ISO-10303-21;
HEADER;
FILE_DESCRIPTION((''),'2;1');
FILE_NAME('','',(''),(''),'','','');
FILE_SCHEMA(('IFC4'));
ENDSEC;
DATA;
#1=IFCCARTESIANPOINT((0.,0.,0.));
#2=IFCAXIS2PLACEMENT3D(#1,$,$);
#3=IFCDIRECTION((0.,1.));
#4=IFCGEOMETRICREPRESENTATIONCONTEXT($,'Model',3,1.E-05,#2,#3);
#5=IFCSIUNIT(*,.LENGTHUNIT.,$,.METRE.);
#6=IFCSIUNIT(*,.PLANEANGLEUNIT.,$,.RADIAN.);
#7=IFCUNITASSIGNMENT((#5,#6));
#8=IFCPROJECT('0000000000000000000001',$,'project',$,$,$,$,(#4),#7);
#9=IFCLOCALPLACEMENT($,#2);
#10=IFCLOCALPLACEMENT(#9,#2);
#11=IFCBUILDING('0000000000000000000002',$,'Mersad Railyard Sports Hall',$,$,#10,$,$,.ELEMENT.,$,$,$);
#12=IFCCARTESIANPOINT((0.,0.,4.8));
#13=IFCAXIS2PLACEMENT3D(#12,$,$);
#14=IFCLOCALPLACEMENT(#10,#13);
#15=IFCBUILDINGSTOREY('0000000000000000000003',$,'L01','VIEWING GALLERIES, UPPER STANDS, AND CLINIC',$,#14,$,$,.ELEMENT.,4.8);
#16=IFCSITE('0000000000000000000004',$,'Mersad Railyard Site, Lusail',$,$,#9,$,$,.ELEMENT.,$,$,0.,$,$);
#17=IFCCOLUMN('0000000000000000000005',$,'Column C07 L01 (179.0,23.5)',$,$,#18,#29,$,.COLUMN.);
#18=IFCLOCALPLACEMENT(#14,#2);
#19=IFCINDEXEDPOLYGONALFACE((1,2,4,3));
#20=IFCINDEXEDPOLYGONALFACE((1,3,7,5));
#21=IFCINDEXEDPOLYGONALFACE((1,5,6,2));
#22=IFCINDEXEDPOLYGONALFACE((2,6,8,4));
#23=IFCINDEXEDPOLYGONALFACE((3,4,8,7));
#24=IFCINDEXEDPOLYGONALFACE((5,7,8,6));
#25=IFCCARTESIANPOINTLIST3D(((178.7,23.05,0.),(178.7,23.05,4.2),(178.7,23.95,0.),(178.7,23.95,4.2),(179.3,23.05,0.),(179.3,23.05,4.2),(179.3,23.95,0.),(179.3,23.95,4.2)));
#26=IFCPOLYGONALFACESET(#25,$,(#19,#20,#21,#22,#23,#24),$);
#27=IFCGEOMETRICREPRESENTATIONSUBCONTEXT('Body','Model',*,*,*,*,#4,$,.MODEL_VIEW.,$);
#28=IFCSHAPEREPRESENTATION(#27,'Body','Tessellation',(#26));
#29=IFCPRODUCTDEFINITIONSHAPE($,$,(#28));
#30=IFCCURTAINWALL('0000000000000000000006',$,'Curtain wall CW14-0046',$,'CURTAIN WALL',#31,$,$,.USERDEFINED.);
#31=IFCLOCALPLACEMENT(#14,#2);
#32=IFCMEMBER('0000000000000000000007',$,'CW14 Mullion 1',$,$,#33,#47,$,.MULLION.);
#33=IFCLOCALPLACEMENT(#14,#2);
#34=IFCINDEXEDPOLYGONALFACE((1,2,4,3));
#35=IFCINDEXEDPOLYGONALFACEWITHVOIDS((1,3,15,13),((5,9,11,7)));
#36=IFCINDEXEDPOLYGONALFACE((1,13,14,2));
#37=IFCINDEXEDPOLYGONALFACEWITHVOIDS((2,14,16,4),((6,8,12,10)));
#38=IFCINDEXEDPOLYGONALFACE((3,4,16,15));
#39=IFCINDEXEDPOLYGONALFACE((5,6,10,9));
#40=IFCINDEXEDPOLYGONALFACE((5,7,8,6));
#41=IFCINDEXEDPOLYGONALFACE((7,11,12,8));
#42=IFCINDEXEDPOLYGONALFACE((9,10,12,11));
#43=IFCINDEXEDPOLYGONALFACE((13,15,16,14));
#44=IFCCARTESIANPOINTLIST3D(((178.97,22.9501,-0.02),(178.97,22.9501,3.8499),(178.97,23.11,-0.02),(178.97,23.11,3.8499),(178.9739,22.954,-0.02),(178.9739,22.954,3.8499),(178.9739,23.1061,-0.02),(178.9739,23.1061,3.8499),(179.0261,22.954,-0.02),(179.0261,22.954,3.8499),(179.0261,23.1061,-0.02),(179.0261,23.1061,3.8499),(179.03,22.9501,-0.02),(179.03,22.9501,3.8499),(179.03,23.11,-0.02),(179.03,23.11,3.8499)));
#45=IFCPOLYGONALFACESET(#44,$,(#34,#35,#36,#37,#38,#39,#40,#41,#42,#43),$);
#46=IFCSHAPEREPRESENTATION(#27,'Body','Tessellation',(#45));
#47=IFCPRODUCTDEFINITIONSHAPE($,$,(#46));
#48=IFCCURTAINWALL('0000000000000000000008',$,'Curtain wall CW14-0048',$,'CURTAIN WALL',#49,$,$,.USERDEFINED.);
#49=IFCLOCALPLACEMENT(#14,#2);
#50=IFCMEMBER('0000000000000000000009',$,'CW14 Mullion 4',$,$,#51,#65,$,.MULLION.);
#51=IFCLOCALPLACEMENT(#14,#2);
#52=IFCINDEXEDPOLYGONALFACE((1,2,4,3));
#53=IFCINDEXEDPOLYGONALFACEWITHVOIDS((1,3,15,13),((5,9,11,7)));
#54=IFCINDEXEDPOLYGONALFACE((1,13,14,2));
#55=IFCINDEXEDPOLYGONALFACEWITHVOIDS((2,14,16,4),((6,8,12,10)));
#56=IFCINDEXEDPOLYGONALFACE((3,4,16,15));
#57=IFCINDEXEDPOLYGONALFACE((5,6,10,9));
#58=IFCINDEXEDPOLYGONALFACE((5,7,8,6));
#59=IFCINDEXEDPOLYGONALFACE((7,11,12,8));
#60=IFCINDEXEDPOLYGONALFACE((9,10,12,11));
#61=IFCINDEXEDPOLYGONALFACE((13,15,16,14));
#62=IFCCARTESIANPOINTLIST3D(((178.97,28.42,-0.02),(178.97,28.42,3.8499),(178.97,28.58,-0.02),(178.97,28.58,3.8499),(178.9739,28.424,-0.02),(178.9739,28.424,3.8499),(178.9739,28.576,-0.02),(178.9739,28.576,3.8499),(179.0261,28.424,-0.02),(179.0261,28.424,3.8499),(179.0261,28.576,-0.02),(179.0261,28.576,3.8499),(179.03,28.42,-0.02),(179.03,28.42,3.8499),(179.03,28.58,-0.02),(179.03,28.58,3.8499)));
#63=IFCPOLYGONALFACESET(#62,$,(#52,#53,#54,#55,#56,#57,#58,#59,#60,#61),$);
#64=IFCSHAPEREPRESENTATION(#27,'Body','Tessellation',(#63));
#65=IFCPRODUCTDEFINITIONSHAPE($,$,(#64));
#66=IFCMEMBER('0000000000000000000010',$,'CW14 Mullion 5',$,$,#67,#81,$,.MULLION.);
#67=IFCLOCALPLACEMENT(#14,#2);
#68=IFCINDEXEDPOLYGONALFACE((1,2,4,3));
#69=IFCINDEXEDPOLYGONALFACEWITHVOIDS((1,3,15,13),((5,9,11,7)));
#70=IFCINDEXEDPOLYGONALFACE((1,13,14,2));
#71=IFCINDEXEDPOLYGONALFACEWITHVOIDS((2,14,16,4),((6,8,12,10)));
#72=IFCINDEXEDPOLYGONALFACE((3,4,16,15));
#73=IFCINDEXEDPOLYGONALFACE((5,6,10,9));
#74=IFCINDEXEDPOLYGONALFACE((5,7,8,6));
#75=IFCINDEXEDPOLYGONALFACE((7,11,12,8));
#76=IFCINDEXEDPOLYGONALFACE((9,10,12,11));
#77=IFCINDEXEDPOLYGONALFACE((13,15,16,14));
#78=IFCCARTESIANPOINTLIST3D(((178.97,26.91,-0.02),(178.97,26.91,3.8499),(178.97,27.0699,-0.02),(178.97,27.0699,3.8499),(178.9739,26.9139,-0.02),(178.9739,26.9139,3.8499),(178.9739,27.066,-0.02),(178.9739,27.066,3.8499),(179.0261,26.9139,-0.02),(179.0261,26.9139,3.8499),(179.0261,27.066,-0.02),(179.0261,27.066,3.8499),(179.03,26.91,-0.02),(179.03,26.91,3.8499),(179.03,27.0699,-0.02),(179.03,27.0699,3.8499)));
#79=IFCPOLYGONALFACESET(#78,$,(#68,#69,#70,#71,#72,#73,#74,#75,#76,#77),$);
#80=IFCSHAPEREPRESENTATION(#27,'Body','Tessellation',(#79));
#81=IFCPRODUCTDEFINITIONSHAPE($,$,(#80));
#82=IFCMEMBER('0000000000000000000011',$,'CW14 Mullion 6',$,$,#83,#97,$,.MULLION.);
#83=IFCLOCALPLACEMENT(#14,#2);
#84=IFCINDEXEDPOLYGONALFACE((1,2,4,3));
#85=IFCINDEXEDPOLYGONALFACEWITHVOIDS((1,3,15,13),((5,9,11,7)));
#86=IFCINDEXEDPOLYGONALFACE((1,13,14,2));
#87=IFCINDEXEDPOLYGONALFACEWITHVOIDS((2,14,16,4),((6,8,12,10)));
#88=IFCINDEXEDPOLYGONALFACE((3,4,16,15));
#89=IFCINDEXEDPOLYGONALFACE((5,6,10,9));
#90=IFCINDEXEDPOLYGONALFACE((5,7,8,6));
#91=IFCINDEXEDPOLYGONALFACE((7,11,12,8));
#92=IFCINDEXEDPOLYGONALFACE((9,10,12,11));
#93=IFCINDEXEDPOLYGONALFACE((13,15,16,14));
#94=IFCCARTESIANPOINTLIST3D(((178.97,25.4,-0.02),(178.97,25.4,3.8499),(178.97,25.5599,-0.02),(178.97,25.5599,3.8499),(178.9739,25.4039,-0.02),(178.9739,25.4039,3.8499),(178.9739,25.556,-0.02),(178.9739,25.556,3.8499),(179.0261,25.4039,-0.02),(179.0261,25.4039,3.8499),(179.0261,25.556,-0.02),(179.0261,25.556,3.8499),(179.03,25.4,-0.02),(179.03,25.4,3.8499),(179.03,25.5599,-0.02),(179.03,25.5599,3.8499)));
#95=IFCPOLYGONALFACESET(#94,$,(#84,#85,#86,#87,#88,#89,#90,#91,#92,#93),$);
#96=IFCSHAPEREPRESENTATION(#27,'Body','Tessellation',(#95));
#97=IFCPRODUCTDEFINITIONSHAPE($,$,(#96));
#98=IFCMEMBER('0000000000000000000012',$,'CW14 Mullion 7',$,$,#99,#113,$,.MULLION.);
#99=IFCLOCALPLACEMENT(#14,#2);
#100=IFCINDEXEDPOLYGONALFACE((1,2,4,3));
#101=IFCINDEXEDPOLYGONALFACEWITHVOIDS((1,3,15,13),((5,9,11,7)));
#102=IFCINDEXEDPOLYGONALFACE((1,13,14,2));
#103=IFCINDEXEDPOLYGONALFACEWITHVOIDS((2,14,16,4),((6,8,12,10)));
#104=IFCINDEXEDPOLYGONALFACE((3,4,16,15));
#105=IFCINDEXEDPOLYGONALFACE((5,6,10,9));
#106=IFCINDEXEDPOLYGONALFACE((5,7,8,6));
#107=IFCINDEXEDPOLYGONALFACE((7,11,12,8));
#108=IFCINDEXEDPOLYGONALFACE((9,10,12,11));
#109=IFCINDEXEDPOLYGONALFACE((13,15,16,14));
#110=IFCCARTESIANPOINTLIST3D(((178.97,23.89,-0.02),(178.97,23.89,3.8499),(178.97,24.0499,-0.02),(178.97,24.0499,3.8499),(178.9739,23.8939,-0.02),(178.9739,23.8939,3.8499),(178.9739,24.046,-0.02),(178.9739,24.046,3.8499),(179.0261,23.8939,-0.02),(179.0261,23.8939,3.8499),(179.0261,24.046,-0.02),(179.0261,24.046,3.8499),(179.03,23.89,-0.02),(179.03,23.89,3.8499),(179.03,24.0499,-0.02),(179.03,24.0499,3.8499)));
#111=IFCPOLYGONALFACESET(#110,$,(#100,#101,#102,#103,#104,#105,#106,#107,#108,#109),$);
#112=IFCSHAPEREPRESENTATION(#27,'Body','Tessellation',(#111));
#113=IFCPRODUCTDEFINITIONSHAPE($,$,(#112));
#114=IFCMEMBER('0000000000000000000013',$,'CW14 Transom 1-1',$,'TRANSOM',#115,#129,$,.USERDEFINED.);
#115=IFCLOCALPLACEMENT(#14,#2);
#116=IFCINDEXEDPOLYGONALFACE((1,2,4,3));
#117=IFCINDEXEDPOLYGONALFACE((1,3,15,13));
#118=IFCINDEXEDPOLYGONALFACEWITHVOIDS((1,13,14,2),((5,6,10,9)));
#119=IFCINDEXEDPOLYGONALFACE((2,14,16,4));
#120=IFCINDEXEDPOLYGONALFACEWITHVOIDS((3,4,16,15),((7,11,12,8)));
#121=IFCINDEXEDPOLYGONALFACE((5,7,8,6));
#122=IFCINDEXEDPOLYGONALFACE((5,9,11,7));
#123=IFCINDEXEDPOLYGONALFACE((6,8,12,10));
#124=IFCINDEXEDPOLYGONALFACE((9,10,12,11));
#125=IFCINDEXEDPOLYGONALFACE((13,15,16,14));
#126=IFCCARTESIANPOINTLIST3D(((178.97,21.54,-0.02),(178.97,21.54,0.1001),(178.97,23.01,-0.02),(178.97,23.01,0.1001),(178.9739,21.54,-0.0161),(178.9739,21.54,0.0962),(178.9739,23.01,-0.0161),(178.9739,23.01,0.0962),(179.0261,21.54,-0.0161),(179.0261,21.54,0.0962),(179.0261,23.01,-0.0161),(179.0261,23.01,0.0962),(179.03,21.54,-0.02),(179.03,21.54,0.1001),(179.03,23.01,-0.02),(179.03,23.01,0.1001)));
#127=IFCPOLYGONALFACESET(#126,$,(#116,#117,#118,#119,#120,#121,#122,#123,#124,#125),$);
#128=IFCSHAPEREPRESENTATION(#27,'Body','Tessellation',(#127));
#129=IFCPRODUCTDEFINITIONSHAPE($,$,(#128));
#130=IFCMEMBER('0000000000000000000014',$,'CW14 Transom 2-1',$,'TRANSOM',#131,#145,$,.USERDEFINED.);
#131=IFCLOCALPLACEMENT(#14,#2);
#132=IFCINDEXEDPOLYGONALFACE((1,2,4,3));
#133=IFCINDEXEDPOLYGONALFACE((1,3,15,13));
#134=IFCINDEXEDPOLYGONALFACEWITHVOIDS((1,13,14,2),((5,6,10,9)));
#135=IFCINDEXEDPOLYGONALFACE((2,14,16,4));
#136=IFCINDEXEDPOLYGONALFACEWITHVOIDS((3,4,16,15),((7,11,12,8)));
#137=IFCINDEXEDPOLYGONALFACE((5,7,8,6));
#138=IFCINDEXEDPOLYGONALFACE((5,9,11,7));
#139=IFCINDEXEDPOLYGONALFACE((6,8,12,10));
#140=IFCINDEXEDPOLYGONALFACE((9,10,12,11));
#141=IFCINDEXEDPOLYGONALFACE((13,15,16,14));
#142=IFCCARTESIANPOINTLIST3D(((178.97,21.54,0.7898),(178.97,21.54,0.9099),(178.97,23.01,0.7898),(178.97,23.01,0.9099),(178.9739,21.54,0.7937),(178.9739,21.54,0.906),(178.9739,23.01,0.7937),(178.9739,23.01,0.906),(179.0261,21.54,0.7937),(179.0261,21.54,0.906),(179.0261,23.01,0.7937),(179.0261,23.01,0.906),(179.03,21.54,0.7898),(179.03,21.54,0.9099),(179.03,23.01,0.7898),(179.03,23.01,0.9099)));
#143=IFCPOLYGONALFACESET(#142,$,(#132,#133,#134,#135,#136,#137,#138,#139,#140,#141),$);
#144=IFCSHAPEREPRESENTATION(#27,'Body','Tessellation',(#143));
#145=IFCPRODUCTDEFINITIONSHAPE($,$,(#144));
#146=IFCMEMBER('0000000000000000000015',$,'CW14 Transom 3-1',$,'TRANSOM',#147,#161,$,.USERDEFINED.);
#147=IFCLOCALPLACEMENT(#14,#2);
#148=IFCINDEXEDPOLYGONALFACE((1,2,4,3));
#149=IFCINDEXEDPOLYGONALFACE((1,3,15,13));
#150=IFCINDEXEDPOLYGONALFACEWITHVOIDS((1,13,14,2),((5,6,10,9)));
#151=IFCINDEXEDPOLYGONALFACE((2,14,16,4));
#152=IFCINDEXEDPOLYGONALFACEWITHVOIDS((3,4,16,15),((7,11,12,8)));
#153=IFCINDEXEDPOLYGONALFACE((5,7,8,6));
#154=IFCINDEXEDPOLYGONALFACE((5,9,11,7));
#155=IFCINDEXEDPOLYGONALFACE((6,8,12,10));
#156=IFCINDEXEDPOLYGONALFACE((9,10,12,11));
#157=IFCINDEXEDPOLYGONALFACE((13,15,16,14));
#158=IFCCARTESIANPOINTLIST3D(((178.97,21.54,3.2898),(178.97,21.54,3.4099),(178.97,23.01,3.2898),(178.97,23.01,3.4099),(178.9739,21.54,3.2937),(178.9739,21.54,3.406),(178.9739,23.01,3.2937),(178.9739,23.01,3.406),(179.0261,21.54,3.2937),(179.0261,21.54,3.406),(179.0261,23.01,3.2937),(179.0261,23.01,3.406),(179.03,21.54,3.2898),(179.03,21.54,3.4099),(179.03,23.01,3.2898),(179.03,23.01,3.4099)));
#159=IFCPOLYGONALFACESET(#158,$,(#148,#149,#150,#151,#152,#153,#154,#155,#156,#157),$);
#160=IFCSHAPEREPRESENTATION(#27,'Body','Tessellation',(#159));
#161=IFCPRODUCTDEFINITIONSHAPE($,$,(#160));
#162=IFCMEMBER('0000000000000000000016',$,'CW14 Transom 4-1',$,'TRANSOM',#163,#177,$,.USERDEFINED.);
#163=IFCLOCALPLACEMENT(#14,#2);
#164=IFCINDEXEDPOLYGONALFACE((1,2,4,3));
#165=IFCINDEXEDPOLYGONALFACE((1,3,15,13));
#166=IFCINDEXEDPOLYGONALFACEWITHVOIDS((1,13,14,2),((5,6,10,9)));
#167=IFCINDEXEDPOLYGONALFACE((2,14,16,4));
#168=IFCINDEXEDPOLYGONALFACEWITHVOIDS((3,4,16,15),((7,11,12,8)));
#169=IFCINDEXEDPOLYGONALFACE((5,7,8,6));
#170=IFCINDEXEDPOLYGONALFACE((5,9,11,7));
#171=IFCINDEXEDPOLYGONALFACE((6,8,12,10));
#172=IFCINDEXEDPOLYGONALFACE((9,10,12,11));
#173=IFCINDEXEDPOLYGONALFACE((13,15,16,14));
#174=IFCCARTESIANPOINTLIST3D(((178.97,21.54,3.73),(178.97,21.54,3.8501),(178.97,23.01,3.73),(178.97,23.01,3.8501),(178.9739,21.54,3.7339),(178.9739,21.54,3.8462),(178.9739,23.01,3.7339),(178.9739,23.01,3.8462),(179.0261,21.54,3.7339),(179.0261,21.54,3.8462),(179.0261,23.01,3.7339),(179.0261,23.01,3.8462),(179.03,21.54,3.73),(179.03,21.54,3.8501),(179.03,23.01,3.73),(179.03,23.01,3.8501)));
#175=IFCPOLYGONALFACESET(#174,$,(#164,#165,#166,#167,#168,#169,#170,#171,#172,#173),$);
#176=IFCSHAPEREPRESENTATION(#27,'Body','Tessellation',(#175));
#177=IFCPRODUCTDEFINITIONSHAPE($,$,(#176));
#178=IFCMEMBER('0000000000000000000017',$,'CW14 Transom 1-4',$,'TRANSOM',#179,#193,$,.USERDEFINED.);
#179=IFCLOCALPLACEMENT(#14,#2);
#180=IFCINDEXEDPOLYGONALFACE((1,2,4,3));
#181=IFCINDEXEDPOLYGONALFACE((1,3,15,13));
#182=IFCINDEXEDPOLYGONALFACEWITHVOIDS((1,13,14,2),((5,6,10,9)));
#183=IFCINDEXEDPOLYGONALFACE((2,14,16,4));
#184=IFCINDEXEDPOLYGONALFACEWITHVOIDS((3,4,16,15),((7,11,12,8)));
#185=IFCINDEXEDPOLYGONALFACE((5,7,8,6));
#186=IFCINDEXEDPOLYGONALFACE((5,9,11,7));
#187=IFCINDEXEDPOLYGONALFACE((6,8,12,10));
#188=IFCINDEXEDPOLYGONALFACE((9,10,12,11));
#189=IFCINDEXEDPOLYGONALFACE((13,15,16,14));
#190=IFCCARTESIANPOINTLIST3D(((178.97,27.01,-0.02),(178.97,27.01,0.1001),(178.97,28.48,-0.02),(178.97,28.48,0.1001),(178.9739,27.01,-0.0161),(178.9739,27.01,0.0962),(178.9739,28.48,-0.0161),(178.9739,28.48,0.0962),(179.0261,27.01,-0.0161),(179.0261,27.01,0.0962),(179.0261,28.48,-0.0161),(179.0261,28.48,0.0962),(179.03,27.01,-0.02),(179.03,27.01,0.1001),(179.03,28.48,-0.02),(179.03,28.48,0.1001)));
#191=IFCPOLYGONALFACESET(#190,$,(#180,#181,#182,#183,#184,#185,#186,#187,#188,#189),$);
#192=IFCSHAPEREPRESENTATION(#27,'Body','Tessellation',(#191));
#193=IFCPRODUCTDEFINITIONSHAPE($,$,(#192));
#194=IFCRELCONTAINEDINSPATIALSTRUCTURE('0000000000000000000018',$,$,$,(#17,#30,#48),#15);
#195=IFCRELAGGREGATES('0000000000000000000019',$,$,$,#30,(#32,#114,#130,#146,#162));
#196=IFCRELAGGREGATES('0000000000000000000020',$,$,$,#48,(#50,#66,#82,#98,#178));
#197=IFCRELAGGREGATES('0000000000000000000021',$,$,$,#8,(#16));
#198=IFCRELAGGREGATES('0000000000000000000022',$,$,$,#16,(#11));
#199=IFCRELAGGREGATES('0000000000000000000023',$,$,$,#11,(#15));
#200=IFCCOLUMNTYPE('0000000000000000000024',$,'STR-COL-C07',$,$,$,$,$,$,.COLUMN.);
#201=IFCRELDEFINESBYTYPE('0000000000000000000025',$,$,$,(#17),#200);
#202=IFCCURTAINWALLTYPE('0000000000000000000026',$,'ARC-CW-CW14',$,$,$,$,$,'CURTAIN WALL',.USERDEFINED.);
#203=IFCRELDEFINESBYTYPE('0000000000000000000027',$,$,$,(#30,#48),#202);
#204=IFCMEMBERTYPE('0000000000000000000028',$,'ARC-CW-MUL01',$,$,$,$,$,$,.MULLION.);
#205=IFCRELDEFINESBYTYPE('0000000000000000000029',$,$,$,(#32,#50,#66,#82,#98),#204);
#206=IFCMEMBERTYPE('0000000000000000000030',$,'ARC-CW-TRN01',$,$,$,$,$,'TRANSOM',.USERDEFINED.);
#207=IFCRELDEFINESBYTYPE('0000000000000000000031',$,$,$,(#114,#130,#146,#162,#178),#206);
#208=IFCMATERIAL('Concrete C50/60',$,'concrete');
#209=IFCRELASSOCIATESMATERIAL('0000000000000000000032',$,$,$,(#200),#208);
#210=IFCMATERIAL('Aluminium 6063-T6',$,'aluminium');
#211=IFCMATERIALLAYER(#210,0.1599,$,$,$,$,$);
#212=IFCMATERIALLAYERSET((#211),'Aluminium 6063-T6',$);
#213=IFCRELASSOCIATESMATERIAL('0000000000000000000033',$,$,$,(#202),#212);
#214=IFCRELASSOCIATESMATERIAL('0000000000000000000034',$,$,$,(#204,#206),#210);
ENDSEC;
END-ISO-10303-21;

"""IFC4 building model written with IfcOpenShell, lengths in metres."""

from ifc_helpers import new_model, si_unit, direction, frame, origin, origin_2d, place, context, subcontext, project, spatial, rectangle, hollow_rectangle, extrude, material, layer, layer_set, material_profile, profile_set, type_object, element, aggregate, save


model = new_model("IFC4")

# Units and contexts
model_context = context("Model", 3, precision=1e-05, world=origin(), true_north=direction((0.0, 1.0)))
body_context = subcontext(model_context, "Body", "Model", "MODEL_VIEW")
ifc_project = project(units=[si_unit("LENGTHUNIT", "METRE"), si_unit("PLANEANGLEUNIT", "RADIAN")], contexts=[model_context])

# Site, building, storey
site_placement = place(None, origin())
site = spatial("IfcSite", under=ifc_project, at=site_placement, Name="Mersad Railyard Site, Lusail", CompositionType="ELEMENT", RefElevation=0.0)
building_placement = place(site_placement, origin())
building = spatial("IfcBuilding", under=site, at=building_placement, Name="Mersad Railyard Sports Hall", CompositionType="ELEMENT")
storey_placement = place(building_placement, frame((0.0, 0.0, 4.8)))
storey = spatial("IfcBuildingStorey", under=building, at=storey_placement, Name="L01", Description="VIEWING GALLERIES, UPPER STANDS, AND CLINIC", CompositionType="ELEMENT", Elevation=4.8)

# Column
ifc_material_1 = material(Name="Concrete C50/60", Category="concrete")
ifc_material_profile_1 = material_profile(ifc_material_1, rectangle(XDim=0.6001, YDim=0.8999, at=origin_2d()), Name="RC 600x900")
ifc_profile_set_1 = profile_set([ifc_material_profile_1], Name="Concrete C50/60")
column_type = type_object("IfcColumnType", Name="STR-COL-C07", PredefinedType="COLUMN", material=ifc_profile_set_1)
column_placement = place(storey_placement, frame((179.0, 23.5, 0.0), z_axis=(0.0, 0.0, 1.0), x_axis=(1.0, 0.0, 0.0)))
element("IfcColumn", 1, at=column_placement, inside=storey, type_object=column_type, Name="Column C07 L01 (179.0,23.5)", PredefinedType="COLUMN", context=body_context, shape_type="SweptSolid", body=[
    extrude(rectangle(XDim=0.6001, YDim=0.8999, at=origin_2d()), origin(), (0.0, 0.0, 1.0), 4.2),
])

# Curtain wall, member
ifc_material_2 = material(Name="Aluminium 6063-T6", Category="aluminium")
ifc_layer_1 = layer(ifc_material_2, 0.1599)
ifc_layer_set_1 = layer_set([ifc_layer_1], Name="Aluminium 6063-T6")
curtain_wall_type = type_object("IfcCurtainWallType", Name="ARC-CW-CW14", ElementType="CURTAIN WALL", PredefinedType="USERDEFINED", material=ifc_layer_set_1)
curtain_wall_1_placement = place(storey_placement, origin())
curtain_wall_1 = element("IfcCurtainWall", 2, at=curtain_wall_1_placement, inside=storey, type_object=curtain_wall_type, Name="Curtain wall CW14-0046", ObjectType="CURTAIN WALL", PredefinedType="USERDEFINED")
ifc_material_profile_2 = material_profile(ifc_material_2, hollow_rectangle(XDim=0.0601, YDim=0.1599, WallThickness=0.0039, at=origin_2d()), Name="AL MULLION 60x160x4")
ifc_profile_set_2 = profile_set([ifc_material_profile_2], Name="Aluminium 6063-T6")
member_type_1 = type_object("IfcMemberType", Name="ARC-CW-MUL01", PredefinedType="MULLION", material=ifc_profile_set_2)
member_1_placement = place(storey_placement, frame((179.0, 23.03, -0.02), z_axis=(0.0, 0.0, 1.0), x_axis=(1.0, 0.0, 0.0)))
member_1 = element("IfcMember", 3, at=member_1_placement, type_object=member_type_1, Name="CW14 Mullion 1", PredefinedType="MULLION", context=body_context, shape_type="SweptSolid", body=[
    extrude(hollow_rectangle(XDim=0.0601, YDim=0.1599, WallThickness=0.0039, at=origin_2d()), origin(), (0.0, 0.0, 1.0), 3.8699),
])

# Curtain wall, members
curtain_wall_2_placement = place(storey_placement, origin())
curtain_wall_2 = element("IfcCurtainWall", 4, at=curtain_wall_2_placement, inside=storey, type_object=curtain_wall_type, Name="Curtain wall CW14-0048", ObjectType="CURTAIN WALL", PredefinedType="USERDEFINED")
member_2_placement = place(storey_placement, frame((179.0, 28.5, -0.02), z_axis=(0.0, 0.0, 1.0), x_axis=(1.0, 0.0, 0.0)))
member_2 = element("IfcMember", 5, at=member_2_placement, type_object=member_type_1, Name="CW14 Mullion 4", PredefinedType="MULLION", context=body_context, shape_type="SweptSolid", body=[
    extrude(hollow_rectangle(XDim=0.0601, YDim=0.1599, WallThickness=0.0039, at=origin_2d()), origin(), (0.0, 0.0, 1.0), 3.8699),
])
member_3_placement = place(storey_placement, frame((179.0, 26.99, -0.02), z_axis=(0.0, 0.0, 1.0), x_axis=(1.0, 0.0, 0.0)))
member_3 = element("IfcMember", 6, at=member_3_placement, type_object=member_type_1, Name="CW14 Mullion 5", PredefinedType="MULLION", context=body_context, shape_type="SweptSolid", body=[
    extrude(hollow_rectangle(XDim=0.0601, YDim=0.1599, WallThickness=0.0039, at=origin_2d()), origin(), (0.0, 0.0, 1.0), 3.8699),
])
member_4_placement = place(storey_placement, frame((179.0, 25.48, -0.02), z_axis=(0.0, 0.0, 1.0), x_axis=(1.0, 0.0, 0.0)))
member_4 = element("IfcMember", 7, at=member_4_placement, type_object=member_type_1, Name="CW14 Mullion 6", PredefinedType="MULLION", context=body_context, shape_type="SweptSolid", body=[
    extrude(hollow_rectangle(XDim=0.0601, YDim=0.1599, WallThickness=0.0039, at=origin_2d()), origin(), (0.0, 0.0, 1.0), 3.8699),
])
member_5_placement = place(storey_placement, frame((179.0, 23.97, -0.02), z_axis=(0.0, 0.0, 1.0), x_axis=(1.0, 0.0, 0.0)))
member_5 = element("IfcMember", 8, at=member_5_placement, type_object=member_type_1, Name="CW14 Mullion 7", PredefinedType="MULLION", context=body_context, shape_type="SweptSolid", body=[
    extrude(hollow_rectangle(XDim=0.0601, YDim=0.1599, WallThickness=0.0039, at=origin_2d()), origin(), (0.0, 0.0, 1.0), 3.8699),
])

# Members
ifc_material_profile_3 = material_profile(ifc_material_2, hollow_rectangle(XDim=0.0601, YDim=0.1201, WallThickness=0.0039, at=origin_2d()), Name="AL TRANSOM 60x120x4")
ifc_profile_set_3 = profile_set([ifc_material_profile_3], Name="Aluminium 6063-T6")
member_type_2 = type_object("IfcMemberType", Name="ARC-CW-TRN01", ElementType="TRANSOM", PredefinedType="USERDEFINED", material=ifc_profile_set_3)
member_6_placement = place(storey_placement, frame((179.0, 23.01, 0.04), z_axis=(0.0, -1.0, 0.0), x_axis=(1.0, 0.0, 0.0)))
member_6 = element("IfcMember", 9, at=member_6_placement, type_object=member_type_2, Name="CW14 Transom 1-1", ObjectType="TRANSOM", PredefinedType="USERDEFINED", context=body_context, shape_type="SweptSolid", body=[
    extrude(hollow_rectangle(XDim=0.0601, YDim=0.1201, WallThickness=0.0039, at=origin_2d()), origin(), (0.0, 0.0, 1.0), 1.47),
])
member_7_placement = place(storey_placement, frame((179.0, 23.01, 0.8499), z_axis=(0.0, -1.0, 0.0), x_axis=(1.0, 0.0, 0.0)))
member_7 = element("IfcMember", 10, at=member_7_placement, type_object=member_type_2, Name="CW14 Transom 2-1", ObjectType="TRANSOM", PredefinedType="USERDEFINED", context=body_context, shape_type="SweptSolid", body=[
    extrude(hollow_rectangle(XDim=0.0601, YDim=0.1201, WallThickness=0.0039, at=origin_2d()), origin(), (0.0, 0.0, 1.0), 1.47),
])
member_8_placement = place(storey_placement, frame((179.0, 23.01, 3.3499), z_axis=(0.0, -1.0, 0.0), x_axis=(1.0, 0.0, 0.0)))
member_8 = element("IfcMember", 11, at=member_8_placement, type_object=member_type_2, Name="CW14 Transom 3-1", ObjectType="TRANSOM", PredefinedType="USERDEFINED", context=body_context, shape_type="SweptSolid", body=[
    extrude(hollow_rectangle(XDim=0.0601, YDim=0.1201, WallThickness=0.0039, at=origin_2d()), origin(), (0.0, 0.0, 1.0), 1.47),
])
member_9_placement = place(storey_placement, frame((179.0, 23.01, 3.79), z_axis=(0.0, -1.0, 0.0), x_axis=(1.0, 0.0, 0.0)))
member_9 = element("IfcMember", 12, at=member_9_placement, type_object=member_type_2, Name="CW14 Transom 4-1", ObjectType="TRANSOM", PredefinedType="USERDEFINED", context=body_context, shape_type="SweptSolid", body=[
    extrude(hollow_rectangle(XDim=0.0601, YDim=0.1201, WallThickness=0.0039, at=origin_2d()), origin(), (0.0, 0.0, 1.0), 1.47),
])
member_10_placement = place(storey_placement, frame((179.0, 28.48, 0.04), z_axis=(0.0, -1.0, 0.0), x_axis=(1.0, 0.0, 0.0)))
member_10 = element("IfcMember", 13, at=member_10_placement, type_object=member_type_2, Name="CW14 Transom 1-4", ObjectType="TRANSOM", PredefinedType="USERDEFINED", context=body_context, shape_type="SweptSolid", body=[
    extrude(hollow_rectangle(XDim=0.0601, YDim=0.1201, WallThickness=0.0039, at=origin_2d()), origin(), (0.0, 0.0, 1.0), 1.47),
])

aggregate(curtain_wall_1, [member_1, member_6, member_7, member_8, member_9])
aggregate(curtain_wall_2, [member_2, member_3, member_4, member_5, member_10])

save(model, "model.ifc")
